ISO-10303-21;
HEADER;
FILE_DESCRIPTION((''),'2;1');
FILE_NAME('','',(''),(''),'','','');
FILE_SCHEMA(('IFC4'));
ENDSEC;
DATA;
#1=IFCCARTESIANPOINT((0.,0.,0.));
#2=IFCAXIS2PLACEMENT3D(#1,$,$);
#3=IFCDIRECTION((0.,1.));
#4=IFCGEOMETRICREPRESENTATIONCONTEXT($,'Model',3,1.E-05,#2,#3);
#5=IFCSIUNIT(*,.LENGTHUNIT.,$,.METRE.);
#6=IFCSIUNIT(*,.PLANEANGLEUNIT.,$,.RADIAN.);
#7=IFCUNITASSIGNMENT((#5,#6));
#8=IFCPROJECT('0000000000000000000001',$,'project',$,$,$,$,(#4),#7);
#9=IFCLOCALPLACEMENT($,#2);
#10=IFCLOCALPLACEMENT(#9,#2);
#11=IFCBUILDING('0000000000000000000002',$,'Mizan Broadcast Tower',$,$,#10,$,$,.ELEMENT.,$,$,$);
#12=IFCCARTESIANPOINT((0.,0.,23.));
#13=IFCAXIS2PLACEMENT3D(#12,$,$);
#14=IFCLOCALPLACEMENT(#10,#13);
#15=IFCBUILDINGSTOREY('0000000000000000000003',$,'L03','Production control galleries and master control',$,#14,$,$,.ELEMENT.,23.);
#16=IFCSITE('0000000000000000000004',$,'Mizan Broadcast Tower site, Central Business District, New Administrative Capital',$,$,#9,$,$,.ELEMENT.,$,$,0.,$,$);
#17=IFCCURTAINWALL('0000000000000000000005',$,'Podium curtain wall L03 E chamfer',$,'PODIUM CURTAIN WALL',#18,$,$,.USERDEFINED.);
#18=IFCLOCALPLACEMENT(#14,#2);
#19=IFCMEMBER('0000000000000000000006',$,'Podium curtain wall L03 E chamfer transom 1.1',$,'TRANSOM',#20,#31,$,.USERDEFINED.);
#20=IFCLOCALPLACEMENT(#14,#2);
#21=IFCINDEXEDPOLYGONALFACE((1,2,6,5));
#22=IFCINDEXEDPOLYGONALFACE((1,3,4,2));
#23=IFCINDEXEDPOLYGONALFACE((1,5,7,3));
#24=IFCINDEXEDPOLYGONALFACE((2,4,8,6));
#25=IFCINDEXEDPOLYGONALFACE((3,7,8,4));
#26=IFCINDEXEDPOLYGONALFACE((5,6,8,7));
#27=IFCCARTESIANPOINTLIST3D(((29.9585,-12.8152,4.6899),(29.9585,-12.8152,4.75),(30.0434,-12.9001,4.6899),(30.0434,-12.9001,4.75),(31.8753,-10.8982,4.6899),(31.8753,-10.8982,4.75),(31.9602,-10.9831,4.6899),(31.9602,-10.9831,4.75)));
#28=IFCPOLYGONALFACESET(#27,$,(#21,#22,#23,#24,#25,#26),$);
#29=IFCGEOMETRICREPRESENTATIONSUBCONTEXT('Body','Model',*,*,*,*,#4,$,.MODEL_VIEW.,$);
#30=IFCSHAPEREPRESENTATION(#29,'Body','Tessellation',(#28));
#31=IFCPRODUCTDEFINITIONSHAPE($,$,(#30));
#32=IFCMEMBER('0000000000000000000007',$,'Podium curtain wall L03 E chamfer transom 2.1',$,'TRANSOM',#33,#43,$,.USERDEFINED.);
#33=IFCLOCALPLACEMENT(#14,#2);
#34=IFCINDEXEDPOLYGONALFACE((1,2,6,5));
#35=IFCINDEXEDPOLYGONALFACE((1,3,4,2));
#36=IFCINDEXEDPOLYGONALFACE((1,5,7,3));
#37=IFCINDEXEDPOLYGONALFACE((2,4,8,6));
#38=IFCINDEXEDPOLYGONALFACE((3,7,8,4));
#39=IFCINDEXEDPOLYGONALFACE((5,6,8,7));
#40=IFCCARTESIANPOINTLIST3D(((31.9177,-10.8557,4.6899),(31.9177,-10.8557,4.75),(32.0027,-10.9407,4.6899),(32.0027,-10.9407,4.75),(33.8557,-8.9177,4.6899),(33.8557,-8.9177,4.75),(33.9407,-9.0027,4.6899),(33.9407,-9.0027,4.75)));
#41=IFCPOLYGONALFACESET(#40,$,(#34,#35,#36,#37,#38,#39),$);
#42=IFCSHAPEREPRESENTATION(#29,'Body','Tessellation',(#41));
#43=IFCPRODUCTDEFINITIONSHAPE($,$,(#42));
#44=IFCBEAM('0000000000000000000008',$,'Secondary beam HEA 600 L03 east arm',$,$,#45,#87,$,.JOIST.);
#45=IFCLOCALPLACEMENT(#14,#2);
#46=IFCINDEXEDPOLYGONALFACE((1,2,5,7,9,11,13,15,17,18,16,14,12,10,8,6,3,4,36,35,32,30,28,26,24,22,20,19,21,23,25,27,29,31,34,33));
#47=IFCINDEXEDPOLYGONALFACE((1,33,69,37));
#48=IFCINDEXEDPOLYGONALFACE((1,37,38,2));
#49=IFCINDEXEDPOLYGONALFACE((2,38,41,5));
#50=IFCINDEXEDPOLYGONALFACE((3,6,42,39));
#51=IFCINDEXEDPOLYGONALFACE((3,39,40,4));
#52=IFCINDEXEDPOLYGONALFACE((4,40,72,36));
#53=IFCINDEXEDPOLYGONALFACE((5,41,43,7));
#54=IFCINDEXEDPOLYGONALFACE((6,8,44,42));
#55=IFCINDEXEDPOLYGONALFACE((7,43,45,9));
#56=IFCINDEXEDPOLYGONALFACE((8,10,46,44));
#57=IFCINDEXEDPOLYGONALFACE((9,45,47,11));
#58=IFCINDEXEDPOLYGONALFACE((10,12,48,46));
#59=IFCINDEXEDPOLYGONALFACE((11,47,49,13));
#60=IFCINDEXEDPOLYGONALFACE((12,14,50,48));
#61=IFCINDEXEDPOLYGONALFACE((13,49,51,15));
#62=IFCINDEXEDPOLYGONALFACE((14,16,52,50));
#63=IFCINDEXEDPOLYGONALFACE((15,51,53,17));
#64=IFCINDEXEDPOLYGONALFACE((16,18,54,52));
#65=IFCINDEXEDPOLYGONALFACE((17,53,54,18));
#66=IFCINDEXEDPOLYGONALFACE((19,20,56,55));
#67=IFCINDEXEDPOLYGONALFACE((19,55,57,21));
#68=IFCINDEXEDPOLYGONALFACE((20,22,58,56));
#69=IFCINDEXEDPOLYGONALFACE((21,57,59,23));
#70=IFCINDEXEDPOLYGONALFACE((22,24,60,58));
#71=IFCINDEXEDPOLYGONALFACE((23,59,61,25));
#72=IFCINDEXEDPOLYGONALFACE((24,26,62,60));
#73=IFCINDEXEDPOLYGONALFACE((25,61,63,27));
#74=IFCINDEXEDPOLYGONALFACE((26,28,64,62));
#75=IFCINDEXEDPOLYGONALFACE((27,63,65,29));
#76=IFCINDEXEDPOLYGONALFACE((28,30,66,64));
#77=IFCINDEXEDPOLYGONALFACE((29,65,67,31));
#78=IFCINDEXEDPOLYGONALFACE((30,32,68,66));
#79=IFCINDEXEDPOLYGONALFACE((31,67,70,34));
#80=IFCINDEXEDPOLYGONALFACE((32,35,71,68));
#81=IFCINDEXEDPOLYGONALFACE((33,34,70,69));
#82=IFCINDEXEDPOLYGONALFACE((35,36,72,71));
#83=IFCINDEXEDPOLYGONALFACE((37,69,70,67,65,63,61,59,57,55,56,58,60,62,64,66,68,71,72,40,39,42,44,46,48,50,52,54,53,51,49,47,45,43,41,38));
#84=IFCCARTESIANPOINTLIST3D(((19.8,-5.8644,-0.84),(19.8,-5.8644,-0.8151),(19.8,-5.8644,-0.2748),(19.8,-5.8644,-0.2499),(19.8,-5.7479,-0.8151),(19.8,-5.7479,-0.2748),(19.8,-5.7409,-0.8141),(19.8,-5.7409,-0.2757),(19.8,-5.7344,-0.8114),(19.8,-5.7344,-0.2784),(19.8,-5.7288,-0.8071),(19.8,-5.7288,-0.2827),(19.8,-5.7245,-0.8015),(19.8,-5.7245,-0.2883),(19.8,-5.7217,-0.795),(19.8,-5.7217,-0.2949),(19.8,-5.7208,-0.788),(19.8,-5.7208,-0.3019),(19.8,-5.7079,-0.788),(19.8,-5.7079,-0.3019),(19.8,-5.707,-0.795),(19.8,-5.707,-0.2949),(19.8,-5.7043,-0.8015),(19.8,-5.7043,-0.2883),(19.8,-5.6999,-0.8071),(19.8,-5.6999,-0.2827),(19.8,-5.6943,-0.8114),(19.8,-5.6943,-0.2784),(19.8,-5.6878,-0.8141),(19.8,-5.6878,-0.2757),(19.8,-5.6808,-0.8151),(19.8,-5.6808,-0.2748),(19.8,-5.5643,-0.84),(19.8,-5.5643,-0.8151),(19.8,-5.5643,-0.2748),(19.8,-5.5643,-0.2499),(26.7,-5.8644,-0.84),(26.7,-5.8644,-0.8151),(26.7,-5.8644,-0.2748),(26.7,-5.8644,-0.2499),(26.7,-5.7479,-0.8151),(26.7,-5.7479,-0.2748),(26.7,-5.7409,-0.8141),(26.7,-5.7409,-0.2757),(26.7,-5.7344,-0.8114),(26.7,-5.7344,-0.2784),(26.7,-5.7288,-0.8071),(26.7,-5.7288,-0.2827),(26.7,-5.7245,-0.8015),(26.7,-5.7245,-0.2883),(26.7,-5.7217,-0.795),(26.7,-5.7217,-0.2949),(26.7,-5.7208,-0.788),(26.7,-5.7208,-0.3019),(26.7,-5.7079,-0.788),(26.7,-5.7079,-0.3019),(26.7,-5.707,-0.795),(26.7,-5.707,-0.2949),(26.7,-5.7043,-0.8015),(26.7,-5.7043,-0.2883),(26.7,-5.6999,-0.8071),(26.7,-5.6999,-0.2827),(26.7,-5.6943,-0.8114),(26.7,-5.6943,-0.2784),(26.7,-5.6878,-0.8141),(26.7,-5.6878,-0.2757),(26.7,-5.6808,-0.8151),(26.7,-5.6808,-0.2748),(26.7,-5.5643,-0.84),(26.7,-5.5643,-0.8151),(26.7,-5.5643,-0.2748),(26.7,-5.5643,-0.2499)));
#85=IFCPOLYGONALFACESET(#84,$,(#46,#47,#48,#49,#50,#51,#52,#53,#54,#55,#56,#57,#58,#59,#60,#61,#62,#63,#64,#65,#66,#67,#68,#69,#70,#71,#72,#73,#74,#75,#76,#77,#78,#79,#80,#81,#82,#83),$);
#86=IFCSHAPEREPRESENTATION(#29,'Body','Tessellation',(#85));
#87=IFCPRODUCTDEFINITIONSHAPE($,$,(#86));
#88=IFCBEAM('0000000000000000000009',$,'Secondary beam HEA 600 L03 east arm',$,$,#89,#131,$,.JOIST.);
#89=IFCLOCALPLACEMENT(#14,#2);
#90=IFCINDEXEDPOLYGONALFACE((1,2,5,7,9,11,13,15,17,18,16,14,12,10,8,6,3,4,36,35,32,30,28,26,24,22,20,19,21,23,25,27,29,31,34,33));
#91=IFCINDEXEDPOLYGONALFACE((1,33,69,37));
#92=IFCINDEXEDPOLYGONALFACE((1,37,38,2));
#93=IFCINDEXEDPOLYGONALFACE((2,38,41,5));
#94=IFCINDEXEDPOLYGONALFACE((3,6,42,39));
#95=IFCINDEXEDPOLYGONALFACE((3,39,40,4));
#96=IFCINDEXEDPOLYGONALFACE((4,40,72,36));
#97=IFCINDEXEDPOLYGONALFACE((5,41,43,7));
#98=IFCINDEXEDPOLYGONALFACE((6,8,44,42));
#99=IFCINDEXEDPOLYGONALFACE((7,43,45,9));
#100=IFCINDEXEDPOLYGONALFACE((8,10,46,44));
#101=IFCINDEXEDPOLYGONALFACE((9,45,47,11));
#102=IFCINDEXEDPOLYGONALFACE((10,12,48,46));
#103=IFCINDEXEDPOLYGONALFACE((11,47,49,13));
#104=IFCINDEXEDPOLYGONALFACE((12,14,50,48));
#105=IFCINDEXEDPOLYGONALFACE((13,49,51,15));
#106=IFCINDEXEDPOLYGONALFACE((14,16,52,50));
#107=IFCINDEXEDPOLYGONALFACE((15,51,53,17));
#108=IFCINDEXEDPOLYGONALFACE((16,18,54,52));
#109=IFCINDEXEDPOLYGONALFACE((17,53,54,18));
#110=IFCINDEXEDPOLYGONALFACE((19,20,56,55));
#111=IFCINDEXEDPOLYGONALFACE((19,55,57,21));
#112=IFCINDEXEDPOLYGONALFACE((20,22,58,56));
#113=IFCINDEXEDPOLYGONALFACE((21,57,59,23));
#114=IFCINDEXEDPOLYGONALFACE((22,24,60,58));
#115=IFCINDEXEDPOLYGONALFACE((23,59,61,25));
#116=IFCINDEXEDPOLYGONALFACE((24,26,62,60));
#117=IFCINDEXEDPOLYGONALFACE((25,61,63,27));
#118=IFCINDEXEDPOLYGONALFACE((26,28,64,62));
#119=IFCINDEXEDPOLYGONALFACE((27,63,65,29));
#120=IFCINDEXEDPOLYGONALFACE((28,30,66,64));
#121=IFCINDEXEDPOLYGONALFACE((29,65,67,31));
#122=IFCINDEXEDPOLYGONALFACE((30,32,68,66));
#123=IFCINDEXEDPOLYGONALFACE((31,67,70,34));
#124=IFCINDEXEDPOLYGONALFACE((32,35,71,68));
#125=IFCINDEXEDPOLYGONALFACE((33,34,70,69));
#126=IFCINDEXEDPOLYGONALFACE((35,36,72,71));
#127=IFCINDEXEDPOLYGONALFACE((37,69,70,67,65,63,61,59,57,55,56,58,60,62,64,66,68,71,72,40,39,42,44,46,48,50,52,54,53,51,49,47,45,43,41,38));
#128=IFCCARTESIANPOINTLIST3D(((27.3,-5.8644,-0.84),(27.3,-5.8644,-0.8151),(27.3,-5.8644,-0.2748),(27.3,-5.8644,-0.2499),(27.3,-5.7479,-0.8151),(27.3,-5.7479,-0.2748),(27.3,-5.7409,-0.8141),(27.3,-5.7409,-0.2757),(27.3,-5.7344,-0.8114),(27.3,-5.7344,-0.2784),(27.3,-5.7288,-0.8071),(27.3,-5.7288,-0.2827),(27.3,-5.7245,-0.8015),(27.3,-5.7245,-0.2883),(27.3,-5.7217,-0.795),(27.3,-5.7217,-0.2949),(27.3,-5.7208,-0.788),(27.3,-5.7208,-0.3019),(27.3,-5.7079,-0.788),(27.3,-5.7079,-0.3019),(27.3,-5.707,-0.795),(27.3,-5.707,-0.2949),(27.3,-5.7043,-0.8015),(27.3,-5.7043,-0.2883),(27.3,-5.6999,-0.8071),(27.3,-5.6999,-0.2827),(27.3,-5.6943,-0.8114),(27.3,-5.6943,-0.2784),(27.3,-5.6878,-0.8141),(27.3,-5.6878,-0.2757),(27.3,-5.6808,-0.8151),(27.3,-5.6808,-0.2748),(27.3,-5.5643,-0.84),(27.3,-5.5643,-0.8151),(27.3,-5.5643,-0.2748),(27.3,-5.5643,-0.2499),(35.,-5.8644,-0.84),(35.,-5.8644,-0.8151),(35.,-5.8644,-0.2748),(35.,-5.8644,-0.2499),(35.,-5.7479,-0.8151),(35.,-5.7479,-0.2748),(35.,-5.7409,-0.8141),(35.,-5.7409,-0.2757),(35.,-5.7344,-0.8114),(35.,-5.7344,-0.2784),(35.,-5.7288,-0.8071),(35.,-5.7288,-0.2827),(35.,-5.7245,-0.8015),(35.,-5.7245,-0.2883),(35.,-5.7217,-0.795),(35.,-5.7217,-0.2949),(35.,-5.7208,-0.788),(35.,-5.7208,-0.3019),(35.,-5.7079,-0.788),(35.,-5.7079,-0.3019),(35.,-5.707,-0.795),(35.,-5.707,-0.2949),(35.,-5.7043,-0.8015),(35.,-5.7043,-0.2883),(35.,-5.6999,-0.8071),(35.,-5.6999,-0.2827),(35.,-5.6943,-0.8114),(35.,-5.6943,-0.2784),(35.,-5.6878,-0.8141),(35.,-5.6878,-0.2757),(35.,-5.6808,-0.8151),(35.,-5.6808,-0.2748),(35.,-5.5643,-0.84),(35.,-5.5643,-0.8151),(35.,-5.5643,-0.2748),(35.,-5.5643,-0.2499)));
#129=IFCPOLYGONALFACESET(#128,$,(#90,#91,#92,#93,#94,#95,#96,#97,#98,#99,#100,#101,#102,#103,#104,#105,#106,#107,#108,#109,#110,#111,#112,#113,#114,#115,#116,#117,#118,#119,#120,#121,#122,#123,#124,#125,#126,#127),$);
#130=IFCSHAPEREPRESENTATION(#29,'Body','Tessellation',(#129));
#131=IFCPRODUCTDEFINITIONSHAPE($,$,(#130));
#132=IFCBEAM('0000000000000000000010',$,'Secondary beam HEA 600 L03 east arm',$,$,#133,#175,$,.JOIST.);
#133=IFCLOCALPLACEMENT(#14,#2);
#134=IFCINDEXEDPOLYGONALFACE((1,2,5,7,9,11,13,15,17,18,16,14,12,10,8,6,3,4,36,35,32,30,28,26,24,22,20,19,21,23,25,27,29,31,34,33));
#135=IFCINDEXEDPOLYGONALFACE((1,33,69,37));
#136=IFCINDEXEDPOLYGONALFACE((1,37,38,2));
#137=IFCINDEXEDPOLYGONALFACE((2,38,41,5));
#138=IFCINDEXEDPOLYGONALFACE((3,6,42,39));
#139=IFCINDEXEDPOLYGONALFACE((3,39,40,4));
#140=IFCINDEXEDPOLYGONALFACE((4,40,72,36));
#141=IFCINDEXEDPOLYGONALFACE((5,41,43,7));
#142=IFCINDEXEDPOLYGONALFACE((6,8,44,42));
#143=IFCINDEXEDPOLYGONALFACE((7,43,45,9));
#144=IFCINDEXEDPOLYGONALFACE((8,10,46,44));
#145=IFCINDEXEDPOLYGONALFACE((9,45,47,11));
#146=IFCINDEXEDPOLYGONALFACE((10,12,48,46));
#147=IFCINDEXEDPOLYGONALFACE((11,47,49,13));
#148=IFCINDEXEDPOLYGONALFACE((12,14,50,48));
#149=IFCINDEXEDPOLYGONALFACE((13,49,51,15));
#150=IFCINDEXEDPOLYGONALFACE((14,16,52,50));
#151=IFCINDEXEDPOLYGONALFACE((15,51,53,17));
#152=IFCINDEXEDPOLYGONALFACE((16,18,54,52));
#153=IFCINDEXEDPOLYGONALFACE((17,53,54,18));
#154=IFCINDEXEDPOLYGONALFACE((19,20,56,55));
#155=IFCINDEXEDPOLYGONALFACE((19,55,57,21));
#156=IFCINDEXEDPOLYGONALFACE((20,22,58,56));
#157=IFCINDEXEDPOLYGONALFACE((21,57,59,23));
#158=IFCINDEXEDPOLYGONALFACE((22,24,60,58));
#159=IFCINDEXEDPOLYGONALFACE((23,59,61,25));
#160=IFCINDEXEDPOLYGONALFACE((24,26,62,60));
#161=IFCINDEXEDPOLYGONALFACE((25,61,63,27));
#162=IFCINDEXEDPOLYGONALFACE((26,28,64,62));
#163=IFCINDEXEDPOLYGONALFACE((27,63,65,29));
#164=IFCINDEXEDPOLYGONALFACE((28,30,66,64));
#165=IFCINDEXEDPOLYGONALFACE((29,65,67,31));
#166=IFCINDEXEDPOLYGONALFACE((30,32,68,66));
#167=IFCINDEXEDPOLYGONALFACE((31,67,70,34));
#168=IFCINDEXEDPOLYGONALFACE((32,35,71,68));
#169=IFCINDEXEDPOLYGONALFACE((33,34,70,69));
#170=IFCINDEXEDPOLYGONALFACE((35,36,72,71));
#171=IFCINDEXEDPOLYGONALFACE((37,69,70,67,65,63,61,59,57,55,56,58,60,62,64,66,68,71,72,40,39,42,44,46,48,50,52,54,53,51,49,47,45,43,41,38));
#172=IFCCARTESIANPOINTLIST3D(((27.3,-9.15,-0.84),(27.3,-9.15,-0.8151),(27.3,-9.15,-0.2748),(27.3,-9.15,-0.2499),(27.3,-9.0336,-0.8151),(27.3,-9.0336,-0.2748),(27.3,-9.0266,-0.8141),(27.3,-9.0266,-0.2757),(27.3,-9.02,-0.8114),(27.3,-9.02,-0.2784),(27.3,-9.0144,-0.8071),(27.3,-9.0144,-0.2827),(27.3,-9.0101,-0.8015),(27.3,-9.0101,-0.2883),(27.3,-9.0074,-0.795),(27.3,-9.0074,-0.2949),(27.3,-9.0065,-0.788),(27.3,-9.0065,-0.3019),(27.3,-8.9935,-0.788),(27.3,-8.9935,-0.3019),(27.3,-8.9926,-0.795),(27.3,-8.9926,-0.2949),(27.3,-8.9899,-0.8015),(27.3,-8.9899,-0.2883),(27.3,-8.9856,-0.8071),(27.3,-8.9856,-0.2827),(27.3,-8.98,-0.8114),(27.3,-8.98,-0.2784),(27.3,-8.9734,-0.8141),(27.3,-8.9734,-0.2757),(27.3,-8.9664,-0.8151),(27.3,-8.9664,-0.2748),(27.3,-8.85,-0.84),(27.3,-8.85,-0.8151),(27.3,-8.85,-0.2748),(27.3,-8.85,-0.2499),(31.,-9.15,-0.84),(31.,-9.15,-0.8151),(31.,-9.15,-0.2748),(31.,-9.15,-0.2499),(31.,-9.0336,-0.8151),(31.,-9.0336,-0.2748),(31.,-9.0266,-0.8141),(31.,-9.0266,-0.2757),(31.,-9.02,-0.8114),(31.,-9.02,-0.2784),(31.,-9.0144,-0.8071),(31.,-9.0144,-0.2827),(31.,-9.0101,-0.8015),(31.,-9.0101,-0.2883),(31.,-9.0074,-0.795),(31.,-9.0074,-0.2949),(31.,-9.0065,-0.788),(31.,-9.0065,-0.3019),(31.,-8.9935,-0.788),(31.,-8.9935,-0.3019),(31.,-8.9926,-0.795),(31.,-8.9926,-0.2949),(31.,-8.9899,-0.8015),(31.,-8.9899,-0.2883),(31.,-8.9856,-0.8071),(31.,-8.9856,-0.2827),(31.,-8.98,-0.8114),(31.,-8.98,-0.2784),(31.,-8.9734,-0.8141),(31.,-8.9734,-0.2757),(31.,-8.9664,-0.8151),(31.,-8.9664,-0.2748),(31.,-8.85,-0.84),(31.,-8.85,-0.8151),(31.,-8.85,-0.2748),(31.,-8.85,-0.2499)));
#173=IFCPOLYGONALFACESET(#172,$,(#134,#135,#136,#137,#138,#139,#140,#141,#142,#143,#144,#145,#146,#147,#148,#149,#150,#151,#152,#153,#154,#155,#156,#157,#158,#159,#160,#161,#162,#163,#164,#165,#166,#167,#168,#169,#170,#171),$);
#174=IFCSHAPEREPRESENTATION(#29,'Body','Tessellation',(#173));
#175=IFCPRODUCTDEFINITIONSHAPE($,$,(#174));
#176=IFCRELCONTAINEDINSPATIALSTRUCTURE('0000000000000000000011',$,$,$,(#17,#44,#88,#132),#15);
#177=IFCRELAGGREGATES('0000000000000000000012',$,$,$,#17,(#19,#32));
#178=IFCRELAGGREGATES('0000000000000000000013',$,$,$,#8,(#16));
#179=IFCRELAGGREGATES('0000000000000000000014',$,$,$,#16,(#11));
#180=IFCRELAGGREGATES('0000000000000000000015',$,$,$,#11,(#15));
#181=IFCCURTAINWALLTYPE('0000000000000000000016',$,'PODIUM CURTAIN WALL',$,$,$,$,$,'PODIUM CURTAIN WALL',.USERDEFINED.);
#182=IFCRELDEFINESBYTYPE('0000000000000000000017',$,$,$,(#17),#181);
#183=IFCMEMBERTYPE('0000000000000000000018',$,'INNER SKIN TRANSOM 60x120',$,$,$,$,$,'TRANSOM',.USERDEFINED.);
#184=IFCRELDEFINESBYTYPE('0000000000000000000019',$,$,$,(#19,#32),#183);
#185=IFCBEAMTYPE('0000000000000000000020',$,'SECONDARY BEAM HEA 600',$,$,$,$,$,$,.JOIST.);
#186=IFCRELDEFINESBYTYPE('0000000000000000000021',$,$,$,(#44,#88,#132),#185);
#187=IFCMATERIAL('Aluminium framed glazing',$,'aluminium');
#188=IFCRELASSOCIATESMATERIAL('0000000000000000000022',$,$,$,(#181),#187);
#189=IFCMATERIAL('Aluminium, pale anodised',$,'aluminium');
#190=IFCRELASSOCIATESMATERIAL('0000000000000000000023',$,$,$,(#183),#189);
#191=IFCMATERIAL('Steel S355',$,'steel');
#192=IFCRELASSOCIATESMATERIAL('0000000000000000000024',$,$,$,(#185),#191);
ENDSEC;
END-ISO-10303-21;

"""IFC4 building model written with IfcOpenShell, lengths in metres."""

from ifc_helpers import new_model, si_unit, direction, frame, origin, origin_2d, place, context, subcontext, project, spatial, rectangle, i_section, extrude, material, material_profile, profile_set, type_object, element, aggregate, save


model = new_model("IFC4")

# Units and contexts
model_context = context("Model", 3, precision=1e-05, world=origin(), true_north=direction((0.0, 1.0)))
body_context = subcontext(model_context, "Body", "Model", "MODEL_VIEW")
ifc_project = project(units=[si_unit("LENGTHUNIT", "METRE"), si_unit("PLANEANGLEUNIT", "RADIAN")], contexts=[model_context])

# Site, building, storey
site_placement = place(None, origin())
site = spatial("IfcSite", under=ifc_project, at=site_placement, Name="Mizan Broadcast Tower site, Central Business District, New Administrative Capital", CompositionType="ELEMENT", RefElevation=0.0)
building_placement = place(site_placement, origin())
building = spatial("IfcBuilding", under=site, at=building_placement, Name="Mizan Broadcast Tower", CompositionType="ELEMENT")
storey_placement = place(building_placement, frame((0.0, 0.0, 23.0)))
storey = spatial("IfcBuildingStorey", under=building, at=storey_placement, Name="L03", Description="Production control galleries and master control", CompositionType="ELEMENT", Elevation=23.0)

# Shared definitions
ifc_material_1 = material(Name="Aluminium framed glazing", Category="aluminium")
curtain_wall_type_1 = type_object("IfcCurtainWallType", Name="PODIUM CURTAIN WALL", ElementType="PODIUM CURTAIN WALL", PredefinedType="USERDEFINED", material=ifc_material_1)

# Curtain wall
curtain_wall_1_placement = place(storey_placement, origin())
curtain_wall_1 = element("IfcCurtainWall", 1, at=curtain_wall_1_placement, inside=storey, type_object=curtain_wall_type_1, Name="Podium curtain wall L03 E chamfer", ObjectType="PODIUM CURTAIN WALL", PredefinedType="USERDEFINED")

# Members
ifc_material_2 = material(Name="Aluminium, pale anodised", Category="aluminium")
ifc_material_profile_1 = material_profile(ifc_material_2, rectangle(XDim=0.1201, YDim=0.0601, at=origin_2d()), Name="TRANSOM 120x60")
ifc_profile_set_1 = profile_set([ifc_material_profile_1], Name="Aluminium, pale anodised")
member_type_1 = type_object("IfcMemberType", Name="INNER SKIN TRANSOM 60x120", ElementType="TRANSOM", PredefinedType="USERDEFINED", material=ifc_profile_set_1)
member_1_placement = place(storey_placement, frame((30.001, -12.8577, 4.72), z_axis=(0.707062, 0.707152, 0.0), x_axis=(-0.707152, 0.707062, 0.0)))
member_1 = element("IfcMember", 2, at=member_1_placement, type_object=member_type_1, Name="Podium curtain wall L03 E chamfer transom 1.1", ObjectType="TRANSOM", PredefinedType="USERDEFINED", context=body_context, shape_type="SweptSolid", body=[
    extrude(rectangle(XDim=0.1201, YDim=0.0601, at=origin_2d()), origin(), (0.0, 0.0, 1.0), 2.7109),
])
member_2_placement = place(storey_placement, frame((31.9602, -10.8982, 4.72), z_axis=(0.707107, 0.707107, 0.0), x_axis=(-0.707107, 0.707107, 0.0)))
member_2 = element("IfcMember", 3, at=member_2_placement, type_object=member_type_1, Name="Podium curtain wall L03 E chamfer transom 2.1", ObjectType="TRANSOM", PredefinedType="USERDEFINED", context=body_context, shape_type="SweptSolid", body=[
    extrude(rectangle(XDim=0.1201, YDim=0.0601, at=origin_2d()), origin(), (0.0, 0.0, 1.0), 2.7407),
])

# Beams
ifc_material_3 = material(Name="Steel S355", Category="steel")
ifc_material_profile_2 = material_profile(ifc_material_3, i_section(OverallWidth=0.3, OverallDepth=0.5901, WebThickness=0.0129, FlangeThickness=0.0249, FilletRadius=0.0271, at=origin_2d()), Name="HEA 600")
ifc_profile_set_2 = profile_set([ifc_material_profile_2], Name="Steel S355")
beam_type_1 = type_object("IfcBeamType", Name="SECONDARY BEAM HEA 600", PredefinedType="JOIST", material=ifc_profile_set_2)
beam_1_placement = place(storey_placement, frame((19.8, -5.7144, -0.5449), z_axis=(1.0, 0.0, 0.0), x_axis=(0.0, 1.0, 0.0)))
element("IfcBeam", 4, at=beam_1_placement, inside=storey, type_object=beam_type_1, Name="Secondary beam HEA 600 L03 east arm", PredefinedType="JOIST", context=body_context, shape_type="SweptSolid", body=[
    extrude(i_section(OverallWidth=0.3, OverallDepth=0.5901, WebThickness=0.0129, FlangeThickness=0.0249, FilletRadius=0.0271, at=origin_2d()), origin(), (0.0, 0.0, 1.0), 6.8999),
])
beam_2_placement = place(storey_placement, frame((27.3, -5.7144, -0.5449), z_axis=(1.0, 0.0, 0.0), x_axis=(0.0, 1.0, 0.0)))
element("IfcBeam", 5, at=beam_2_placement, inside=storey, type_object=beam_type_1, Name="Secondary beam HEA 600 L03 east arm", PredefinedType="JOIST", context=body_context, shape_type="SweptSolid", body=[
    extrude(i_section(OverallWidth=0.3, OverallDepth=0.5901, WebThickness=0.0129, FlangeThickness=0.0249, FilletRadius=0.0271, at=origin_2d()), origin(), (0.0, 0.0, 1.0), 7.7),
])
beam_3_placement = place(storey_placement, frame((27.3, -9.0, -0.5449), z_axis=(1.0, 0.0, 0.0), x_axis=(0.0, 1.0, 0.0)))
element("IfcBeam", 6, at=beam_3_placement, inside=storey, type_object=beam_type_1, Name="Secondary beam HEA 600 L03 east arm", PredefinedType="JOIST", context=body_context, shape_type="SweptSolid", body=[
    extrude(i_section(OverallWidth=0.3, OverallDepth=0.5901, WebThickness=0.0129, FlangeThickness=0.0249, FilletRadius=0.0271, at=origin_2d()), origin(), (0.0, 0.0, 1.0), 3.7),
])

aggregate(curtain_wall_1, [member_1, member_2])

save(model, "model.ifc")
